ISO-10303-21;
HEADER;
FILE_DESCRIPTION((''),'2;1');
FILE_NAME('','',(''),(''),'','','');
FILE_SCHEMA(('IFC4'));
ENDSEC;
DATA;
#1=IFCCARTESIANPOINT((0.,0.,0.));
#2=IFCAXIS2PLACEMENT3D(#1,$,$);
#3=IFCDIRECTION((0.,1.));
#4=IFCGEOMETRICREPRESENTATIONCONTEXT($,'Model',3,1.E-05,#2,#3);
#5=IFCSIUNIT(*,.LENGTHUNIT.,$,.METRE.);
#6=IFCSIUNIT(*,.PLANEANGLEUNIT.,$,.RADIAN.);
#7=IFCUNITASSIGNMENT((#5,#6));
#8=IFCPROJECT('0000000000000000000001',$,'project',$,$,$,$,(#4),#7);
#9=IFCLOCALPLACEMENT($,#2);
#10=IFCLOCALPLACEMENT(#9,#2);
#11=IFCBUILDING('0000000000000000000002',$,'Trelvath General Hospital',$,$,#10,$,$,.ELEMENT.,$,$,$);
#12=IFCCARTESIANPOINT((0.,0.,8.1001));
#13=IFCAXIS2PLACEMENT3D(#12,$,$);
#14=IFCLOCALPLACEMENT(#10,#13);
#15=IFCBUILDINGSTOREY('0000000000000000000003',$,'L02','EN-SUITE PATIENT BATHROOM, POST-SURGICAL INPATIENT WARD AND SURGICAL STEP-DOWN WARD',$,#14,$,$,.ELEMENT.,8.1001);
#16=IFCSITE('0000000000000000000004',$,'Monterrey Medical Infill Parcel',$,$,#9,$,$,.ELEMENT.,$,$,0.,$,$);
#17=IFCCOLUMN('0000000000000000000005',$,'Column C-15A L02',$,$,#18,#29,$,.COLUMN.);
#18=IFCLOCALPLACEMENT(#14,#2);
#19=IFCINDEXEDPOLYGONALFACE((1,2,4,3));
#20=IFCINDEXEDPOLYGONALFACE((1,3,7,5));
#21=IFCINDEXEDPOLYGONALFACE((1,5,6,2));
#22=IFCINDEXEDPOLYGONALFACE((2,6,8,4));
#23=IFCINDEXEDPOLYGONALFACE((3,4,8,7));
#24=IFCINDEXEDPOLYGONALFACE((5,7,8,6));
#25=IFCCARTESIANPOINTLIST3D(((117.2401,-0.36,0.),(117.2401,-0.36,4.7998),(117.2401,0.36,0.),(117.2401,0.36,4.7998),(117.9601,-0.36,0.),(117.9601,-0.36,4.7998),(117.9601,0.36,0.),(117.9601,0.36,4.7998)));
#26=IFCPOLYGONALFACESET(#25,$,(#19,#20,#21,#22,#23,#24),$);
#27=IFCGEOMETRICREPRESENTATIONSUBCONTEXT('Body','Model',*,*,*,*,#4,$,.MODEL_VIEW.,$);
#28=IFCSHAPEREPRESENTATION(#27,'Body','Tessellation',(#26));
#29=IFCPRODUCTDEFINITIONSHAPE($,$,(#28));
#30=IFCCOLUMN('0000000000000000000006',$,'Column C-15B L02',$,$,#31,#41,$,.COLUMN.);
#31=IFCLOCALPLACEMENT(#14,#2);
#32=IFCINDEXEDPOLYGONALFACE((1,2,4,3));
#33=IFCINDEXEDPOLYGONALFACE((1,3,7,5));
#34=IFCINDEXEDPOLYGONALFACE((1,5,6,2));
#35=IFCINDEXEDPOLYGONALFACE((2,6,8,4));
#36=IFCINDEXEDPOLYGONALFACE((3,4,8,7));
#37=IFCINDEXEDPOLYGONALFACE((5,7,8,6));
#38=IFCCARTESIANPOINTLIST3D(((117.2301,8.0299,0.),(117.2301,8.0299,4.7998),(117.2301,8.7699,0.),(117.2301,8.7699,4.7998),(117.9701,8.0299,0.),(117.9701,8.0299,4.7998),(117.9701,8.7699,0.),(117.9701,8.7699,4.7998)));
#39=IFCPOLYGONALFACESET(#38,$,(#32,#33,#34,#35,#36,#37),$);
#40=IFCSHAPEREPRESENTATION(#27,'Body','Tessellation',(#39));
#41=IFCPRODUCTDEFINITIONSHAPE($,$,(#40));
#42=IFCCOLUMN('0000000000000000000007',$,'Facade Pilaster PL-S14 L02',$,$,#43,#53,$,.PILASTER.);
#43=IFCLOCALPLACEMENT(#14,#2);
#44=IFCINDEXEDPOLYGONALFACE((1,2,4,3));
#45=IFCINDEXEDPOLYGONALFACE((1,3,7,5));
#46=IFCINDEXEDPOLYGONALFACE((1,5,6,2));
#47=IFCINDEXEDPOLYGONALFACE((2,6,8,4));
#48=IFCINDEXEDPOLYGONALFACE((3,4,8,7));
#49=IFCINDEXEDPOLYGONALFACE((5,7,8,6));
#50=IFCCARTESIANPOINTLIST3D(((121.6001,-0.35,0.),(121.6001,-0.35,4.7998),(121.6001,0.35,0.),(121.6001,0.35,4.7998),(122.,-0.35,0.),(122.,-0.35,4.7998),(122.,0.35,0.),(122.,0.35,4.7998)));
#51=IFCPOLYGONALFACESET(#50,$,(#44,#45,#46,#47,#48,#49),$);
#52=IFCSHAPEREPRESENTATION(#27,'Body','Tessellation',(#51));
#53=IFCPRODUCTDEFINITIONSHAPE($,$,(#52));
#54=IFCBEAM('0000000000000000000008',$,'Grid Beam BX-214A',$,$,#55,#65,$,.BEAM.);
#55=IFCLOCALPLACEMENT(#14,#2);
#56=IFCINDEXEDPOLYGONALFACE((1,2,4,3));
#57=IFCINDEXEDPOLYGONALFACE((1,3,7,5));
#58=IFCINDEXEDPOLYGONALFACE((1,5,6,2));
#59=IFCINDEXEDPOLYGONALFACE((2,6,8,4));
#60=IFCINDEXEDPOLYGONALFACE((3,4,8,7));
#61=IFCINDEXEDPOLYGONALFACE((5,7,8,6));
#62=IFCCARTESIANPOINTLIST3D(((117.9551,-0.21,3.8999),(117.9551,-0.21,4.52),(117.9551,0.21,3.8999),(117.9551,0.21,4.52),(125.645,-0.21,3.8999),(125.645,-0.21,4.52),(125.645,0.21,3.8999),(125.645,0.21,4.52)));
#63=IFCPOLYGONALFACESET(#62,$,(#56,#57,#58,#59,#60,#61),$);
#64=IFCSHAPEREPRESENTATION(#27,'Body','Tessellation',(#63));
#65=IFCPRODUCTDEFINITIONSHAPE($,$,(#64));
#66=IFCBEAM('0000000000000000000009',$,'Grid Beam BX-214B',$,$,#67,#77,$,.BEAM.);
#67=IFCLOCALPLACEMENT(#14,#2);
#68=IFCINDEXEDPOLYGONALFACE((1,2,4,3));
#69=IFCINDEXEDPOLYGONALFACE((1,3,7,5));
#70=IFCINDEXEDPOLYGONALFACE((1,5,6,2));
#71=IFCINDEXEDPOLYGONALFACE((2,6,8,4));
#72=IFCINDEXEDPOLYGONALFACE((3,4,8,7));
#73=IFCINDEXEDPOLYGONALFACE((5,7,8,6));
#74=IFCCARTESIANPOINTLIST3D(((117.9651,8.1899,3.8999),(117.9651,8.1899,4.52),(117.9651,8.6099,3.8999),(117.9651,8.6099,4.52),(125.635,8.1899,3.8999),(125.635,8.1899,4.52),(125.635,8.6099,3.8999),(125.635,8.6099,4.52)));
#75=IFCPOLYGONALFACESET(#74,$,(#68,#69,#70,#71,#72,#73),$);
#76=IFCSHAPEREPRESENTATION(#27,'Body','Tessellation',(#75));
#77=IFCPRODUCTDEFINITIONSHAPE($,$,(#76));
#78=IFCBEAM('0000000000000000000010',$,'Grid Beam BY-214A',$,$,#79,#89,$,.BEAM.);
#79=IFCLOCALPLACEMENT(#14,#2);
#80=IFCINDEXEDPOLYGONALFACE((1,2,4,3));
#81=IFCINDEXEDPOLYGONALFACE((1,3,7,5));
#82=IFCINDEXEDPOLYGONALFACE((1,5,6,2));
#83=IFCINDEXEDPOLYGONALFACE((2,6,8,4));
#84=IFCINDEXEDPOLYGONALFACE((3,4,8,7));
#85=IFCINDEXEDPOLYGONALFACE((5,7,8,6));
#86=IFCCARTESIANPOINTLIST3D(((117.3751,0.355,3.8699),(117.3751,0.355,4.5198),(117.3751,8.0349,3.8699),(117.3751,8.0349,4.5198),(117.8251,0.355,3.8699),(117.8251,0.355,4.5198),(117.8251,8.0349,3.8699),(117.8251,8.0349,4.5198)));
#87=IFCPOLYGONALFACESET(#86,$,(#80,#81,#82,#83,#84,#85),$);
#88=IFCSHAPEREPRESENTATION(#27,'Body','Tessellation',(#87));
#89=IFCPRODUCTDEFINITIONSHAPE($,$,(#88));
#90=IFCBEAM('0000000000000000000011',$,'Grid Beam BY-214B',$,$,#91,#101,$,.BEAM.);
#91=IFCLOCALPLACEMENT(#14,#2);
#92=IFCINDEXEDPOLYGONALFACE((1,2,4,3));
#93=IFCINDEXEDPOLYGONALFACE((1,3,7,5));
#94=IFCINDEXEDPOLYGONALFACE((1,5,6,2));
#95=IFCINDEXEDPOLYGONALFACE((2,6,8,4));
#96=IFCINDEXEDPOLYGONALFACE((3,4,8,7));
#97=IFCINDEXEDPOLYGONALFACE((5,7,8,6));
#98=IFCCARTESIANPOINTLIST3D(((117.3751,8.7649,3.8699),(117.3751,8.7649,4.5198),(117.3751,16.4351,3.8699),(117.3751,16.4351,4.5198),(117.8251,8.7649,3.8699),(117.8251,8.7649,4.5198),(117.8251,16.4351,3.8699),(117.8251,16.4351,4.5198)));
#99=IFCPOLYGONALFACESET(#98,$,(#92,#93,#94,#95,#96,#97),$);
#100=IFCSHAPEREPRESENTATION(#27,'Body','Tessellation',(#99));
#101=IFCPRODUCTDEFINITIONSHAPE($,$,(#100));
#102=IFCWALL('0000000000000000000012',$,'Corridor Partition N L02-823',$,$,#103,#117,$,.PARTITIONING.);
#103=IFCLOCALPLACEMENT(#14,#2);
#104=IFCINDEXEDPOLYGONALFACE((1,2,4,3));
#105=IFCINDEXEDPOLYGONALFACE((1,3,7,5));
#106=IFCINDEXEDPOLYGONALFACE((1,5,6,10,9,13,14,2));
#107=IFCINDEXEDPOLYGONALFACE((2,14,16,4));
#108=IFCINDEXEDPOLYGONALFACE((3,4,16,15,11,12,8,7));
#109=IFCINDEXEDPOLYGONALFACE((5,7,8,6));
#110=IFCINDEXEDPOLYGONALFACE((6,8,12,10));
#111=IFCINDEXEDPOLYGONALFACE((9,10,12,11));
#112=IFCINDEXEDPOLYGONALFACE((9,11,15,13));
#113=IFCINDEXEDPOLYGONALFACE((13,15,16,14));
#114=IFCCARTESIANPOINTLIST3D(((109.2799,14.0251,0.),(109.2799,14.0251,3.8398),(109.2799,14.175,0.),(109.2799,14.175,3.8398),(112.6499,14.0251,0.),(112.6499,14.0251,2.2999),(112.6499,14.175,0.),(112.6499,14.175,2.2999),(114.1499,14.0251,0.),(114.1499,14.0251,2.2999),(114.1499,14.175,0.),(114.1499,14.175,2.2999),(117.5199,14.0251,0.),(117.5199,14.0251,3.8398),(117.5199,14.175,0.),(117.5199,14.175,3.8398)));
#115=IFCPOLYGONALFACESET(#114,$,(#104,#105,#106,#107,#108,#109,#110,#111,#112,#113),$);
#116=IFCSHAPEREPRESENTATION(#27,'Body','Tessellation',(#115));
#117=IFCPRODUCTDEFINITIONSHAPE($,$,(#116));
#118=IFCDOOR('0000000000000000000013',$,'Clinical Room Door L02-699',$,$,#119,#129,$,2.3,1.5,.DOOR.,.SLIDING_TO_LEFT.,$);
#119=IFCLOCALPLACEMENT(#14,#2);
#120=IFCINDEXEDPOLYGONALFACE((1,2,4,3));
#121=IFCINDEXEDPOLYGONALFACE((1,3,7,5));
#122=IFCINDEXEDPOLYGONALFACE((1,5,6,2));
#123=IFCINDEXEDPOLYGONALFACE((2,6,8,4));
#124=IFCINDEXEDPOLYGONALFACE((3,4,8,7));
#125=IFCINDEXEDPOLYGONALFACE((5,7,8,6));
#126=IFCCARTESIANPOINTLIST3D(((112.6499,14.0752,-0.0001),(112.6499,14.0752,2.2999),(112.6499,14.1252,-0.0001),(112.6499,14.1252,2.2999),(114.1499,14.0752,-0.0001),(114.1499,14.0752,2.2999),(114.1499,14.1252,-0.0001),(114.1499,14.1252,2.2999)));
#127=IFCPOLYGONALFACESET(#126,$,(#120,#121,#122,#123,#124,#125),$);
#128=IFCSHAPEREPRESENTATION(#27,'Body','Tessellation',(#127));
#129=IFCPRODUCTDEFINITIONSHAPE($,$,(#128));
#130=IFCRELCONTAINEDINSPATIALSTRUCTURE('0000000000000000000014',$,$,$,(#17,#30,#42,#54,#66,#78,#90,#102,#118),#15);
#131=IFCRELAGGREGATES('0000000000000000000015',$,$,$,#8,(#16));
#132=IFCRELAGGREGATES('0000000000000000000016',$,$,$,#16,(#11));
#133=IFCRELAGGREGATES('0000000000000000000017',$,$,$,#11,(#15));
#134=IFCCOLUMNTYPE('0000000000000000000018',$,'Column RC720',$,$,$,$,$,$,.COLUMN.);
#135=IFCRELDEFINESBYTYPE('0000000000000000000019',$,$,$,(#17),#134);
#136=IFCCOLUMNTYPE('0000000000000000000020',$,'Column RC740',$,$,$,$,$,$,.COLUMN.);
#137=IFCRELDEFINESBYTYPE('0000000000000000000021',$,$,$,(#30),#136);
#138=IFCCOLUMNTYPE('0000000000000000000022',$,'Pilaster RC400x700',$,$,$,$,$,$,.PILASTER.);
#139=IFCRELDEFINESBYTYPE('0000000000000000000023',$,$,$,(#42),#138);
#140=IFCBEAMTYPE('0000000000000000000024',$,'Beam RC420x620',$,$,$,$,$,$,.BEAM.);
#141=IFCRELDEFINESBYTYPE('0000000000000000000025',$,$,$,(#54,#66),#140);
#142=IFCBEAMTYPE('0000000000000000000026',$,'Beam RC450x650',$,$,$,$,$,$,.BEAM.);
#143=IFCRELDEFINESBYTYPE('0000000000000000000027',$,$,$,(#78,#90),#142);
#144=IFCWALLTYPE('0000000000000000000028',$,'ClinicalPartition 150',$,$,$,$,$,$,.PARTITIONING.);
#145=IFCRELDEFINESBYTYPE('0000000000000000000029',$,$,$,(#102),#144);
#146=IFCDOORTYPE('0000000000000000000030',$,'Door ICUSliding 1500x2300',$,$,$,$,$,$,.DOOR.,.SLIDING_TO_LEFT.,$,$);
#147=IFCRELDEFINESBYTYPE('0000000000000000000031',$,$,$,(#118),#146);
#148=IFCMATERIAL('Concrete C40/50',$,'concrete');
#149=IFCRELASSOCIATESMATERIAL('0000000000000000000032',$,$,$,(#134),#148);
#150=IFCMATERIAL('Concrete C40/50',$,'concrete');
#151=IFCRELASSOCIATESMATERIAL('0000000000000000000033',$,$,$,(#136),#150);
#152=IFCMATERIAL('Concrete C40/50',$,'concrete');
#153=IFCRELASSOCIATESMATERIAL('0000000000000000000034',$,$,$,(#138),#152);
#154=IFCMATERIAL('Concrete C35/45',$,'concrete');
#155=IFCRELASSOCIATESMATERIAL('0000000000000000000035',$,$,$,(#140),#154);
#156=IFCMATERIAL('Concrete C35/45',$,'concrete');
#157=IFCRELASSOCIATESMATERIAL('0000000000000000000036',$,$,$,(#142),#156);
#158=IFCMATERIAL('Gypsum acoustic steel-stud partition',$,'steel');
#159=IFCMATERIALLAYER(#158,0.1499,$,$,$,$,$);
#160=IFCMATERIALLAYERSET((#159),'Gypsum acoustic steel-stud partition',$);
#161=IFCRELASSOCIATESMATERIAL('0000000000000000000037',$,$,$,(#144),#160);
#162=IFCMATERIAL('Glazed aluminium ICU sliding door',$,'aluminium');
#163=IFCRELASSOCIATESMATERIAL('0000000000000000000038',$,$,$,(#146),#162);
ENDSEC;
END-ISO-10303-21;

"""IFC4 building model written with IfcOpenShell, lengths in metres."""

from ifc_helpers import new_model, si_unit, direction, frame, frame_2d, origin, origin_2d, place, context, subcontext, project, spatial, rectangle, extrude, material, layer, layer_set, material_profile, profile_set, type_object, element, fill, save


model = new_model("IFC4")

# Units and contexts
model_context = context("Model", 3, precision=1e-05, world=origin(), true_north=direction((0.0, 1.0)))
body_context = subcontext(model_context, "Body", "Model", "MODEL_VIEW")
ifc_project = project(units=[si_unit("LENGTHUNIT", "METRE"), si_unit("PLANEANGLEUNIT", "RADIAN")], contexts=[model_context])

# Site, building, storey
site_placement = place(None, origin())
site = spatial("IfcSite", under=ifc_project, at=site_placement, Name="Monterrey Medical Infill Parcel", CompositionType="ELEMENT", RefElevation=0.0)
building_placement = place(site_placement, origin())
building = spatial("IfcBuilding", under=site, at=building_placement, Name="Trelvath General Hospital", CompositionType="ELEMENT")
storey_placement = place(building_placement, frame((0.0, 0.0, 8.1001)))
storey = spatial("IfcBuildingStorey", under=building, at=storey_placement, Name="L02", Description="EN-SUITE PATIENT BATHROOM, POST-SURGICAL INPATIENT WARD AND SURGICAL STEP-DOWN WARD", CompositionType="ELEMENT", Elevation=8.1001)

# Columns
ifc_material_1 = material(Name="Concrete C40/50", Category="concrete")
ifc_material_profile_1 = material_profile(ifc_material_1, rectangle(XDim=0.72, YDim=0.72, at=origin_2d()), Name="RC720x720")
ifc_profile_set_1 = profile_set([ifc_material_profile_1], Name="Concrete C40/50")
column_type_1 = type_object("IfcColumnType", Name="Column RC720", PredefinedType="COLUMN", material=ifc_profile_set_1)
column_1_placement = place(storey_placement, frame((117.6001, 0.0, 0.0), z_axis=(0.0, 0.0, 1.0), x_axis=(1.0, 0.0, 0.0)))
element("IfcColumn", 1, at=column_1_placement, inside=storey, type_object=column_type_1, Name="Column C-15A L02", PredefinedType="COLUMN", context=body_context, shape_type="SweptSolid", body=[
    extrude(rectangle(XDim=0.72, YDim=0.72, at=origin_2d()), origin(), (0.0, 0.0, 1.0), 4.7998),
])
ifc_material_2 = material(Name="Concrete C40/50", Category="concrete")
ifc_material_profile_2 = material_profile(ifc_material_2, rectangle(XDim=0.74, YDim=0.74, at=origin_2d()), Name="RC740x740")
ifc_profile_set_2 = profile_set([ifc_material_profile_2], Name="Concrete C40/50")
column_type_2 = type_object("IfcColumnType", Name="Column RC740", PredefinedType="COLUMN", material=ifc_profile_set_2)
column_2_placement = place(storey_placement, frame((117.6001, 8.3999, 0.0), z_axis=(0.0, 0.0, 1.0), x_axis=(1.0, 0.0, 0.0)))
element("IfcColumn", 2, at=column_2_placement, inside=storey, type_object=column_type_2, Name="Column C-15B L02", PredefinedType="COLUMN", context=body_context, shape_type="SweptSolid", body=[
    extrude(rectangle(XDim=0.74, YDim=0.74, at=origin_2d()), origin(), (0.0, 0.0, 1.0), 4.7998),
])
ifc_material_3 = material(Name="Concrete C40/50", Category="concrete")
ifc_material_profile_3 = material_profile(ifc_material_3, rectangle(XDim=0.3999, YDim=0.7, at=origin_2d()), Name="RC400x700")
ifc_profile_set_3 = profile_set([ifc_material_profile_3], Name="Concrete C40/50")
column_type_3 = type_object("IfcColumnType", Name="Pilaster RC400x700", PredefinedType="PILASTER", material=ifc_profile_set_3)
column_3_placement = place(storey_placement, frame((121.8, 0.0, 0.0), z_axis=(0.0, 0.0, 1.0), x_axis=(1.0, 0.0, 0.0)))
element("IfcColumn", 3, at=column_3_placement, inside=storey, type_object=column_type_3, Name="Facade Pilaster PL-S14 L02", PredefinedType="PILASTER", context=body_context, shape_type="SweptSolid", body=[
    extrude(rectangle(XDim=0.3999, YDim=0.7, at=origin_2d()), origin(), (0.0, 0.0, 1.0), 4.7998),
])

# Beams
ifc_material_4 = material(Name="Concrete C35/45", Category="concrete")
ifc_material_profile_4 = material_profile(ifc_material_4, rectangle(XDim=0.4199, YDim=0.6201, at=origin_2d()), Name="RCB420x620")
ifc_profile_set_4 = profile_set([ifc_material_profile_4], Name="Concrete C35/45")
beam_type_1 = type_object("IfcBeamType", Name="Beam RC420x620", PredefinedType="BEAM", material=ifc_profile_set_4)
beam_1_placement = place(storey_placement, frame((117.9551, 0.0, 4.21), z_axis=(1.0, 0.0, 0.0), x_axis=(0.0, 1.0, 0.0)))
element("IfcBeam", 4, at=beam_1_placement, inside=storey, type_object=beam_type_1, Name="Grid Beam BX-214A", PredefinedType="BEAM", context=body_context, shape_type="SweptSolid", body=[
    extrude(rectangle(XDim=0.4199, YDim=0.6201, at=origin_2d()), origin(), (0.0, 0.0, 1.0), 7.6899),
])
beam_2_placement = place(storey_placement, frame((117.9651, 8.3999, 4.21), z_axis=(1.0, 0.0, 0.0), x_axis=(0.0, 1.0, 0.0)))
element("IfcBeam", 5, at=beam_2_placement, inside=storey, type_object=beam_type_1, Name="Grid Beam BX-214B", PredefinedType="BEAM", context=body_context, shape_type="SweptSolid", body=[
    extrude(rectangle(XDim=0.4199, YDim=0.6201, at=origin_2d()), origin(), (0.0, 0.0, 1.0), 7.6699),
])
ifc_material_5 = material(Name="Concrete C35/45", Category="concrete")
ifc_material_profile_5 = material_profile(ifc_material_5, rectangle(XDim=0.45, YDim=0.6499, at=origin_2d()), Name="RCB450x650")
ifc_profile_set_5 = profile_set([ifc_material_profile_5], Name="Concrete C35/45")
beam_type_2 = type_object("IfcBeamType", Name="Beam RC450x650", PredefinedType="BEAM", material=ifc_profile_set_5)
beam_3_placement = place(storey_placement, frame((117.6001, 0.355, 4.1948), z_axis=(0.0, 1.0, 0.0), x_axis=(-1.0, 0.0, 0.0)))
element("IfcBeam", 6, at=beam_3_placement, inside=storey, type_object=beam_type_2, Name="Grid Beam BY-214A", PredefinedType="BEAM", context=body_context, shape_type="SweptSolid", body=[
    extrude(rectangle(XDim=0.45, YDim=0.6499, at=origin_2d()), origin(), (0.0, 0.0, 1.0), 7.6799),
])
beam_4_placement = place(storey_placement, frame((117.6001, 8.7649, 4.1948), z_axis=(0.0, 1.0, 0.0), x_axis=(-1.0, 0.0, 0.0)))
element("IfcBeam", 7, at=beam_4_placement, inside=storey, type_object=beam_type_2, Name="Grid Beam BY-214B", PredefinedType="BEAM", context=body_context, shape_type="SweptSolid", body=[
    extrude(rectangle(XDim=0.45, YDim=0.6499, at=origin_2d()), origin(), (0.0, 0.0, 1.0), 7.6702),
])

# Wall, opening, door
ifc_material_6 = material(Name="Gypsum acoustic steel-stud partition", Category="steel")
ifc_layer_1 = layer(ifc_material_6, 0.1499)
ifc_layer_set_1 = layer_set([ifc_layer_1], Name="Gypsum acoustic steel-stud partition")
wall_type_1 = type_object("IfcWallType", Name="ClinicalPartition 150", PredefinedType="PARTITIONING", material=ifc_layer_set_1)
wall_1_placement = place(storey_placement, frame((117.52, 14.1001, 0.0), z_axis=(0.0, 0.0, 1.0), x_axis=(-1.0, 0.0, 0.0)))
wall_1 = element("IfcWall", 8, at=wall_1_placement, inside=storey, type_object=wall_type_1, Name="Corridor Partition N L02-823", PredefinedType="PARTITIONING", context=body_context, shape_type="SweptSolid", body=[
    extrude(rectangle(XDim=8.24, YDim=0.1499, at=frame_2d((4.1201, 0.0))), origin(), (0.0, 0.0, 1.0), 3.8398),
])
opening_1_placement = place(wall_1_placement, frame((3.3701, 0.0, 0.0)))
opening_1 = element("IfcOpeningElement", 9, at=opening_1_placement, cuts=wall_1, PredefinedType="OPENING", context=body_context, shape_type="SweptSolid", body=[
    extrude(rectangle(XDim=1.5, YDim=2.3, at=frame_2d((0.75, 1.1499))), frame((0.0, 0.085, 0.0), z_axis=(0.0, -1.0, 0.0), x_axis=(1.0, 0.0, 0.0)), (0.0, 0.0, 1.0), 0.1699),
])
ifc_material_7 = material(Name="Glazed aluminium ICU sliding door", Category="aluminium")
door_type_1 = type_object("IfcDoorType", Name="Door ICUSliding 1500x2300", OperationType="SLIDING_TO_LEFT", PredefinedType="DOOR", material=ifc_material_7)
door_1_placement = place(opening_1_placement, origin())
door_1 = element("IfcDoor", 10, at=door_1_placement, inside=storey, type_object=door_type_1, Name="Clinical Room Door L02-699", OperationType="SLIDING_TO_LEFT", OverallHeight=2.3, OverallWidth=1.5, PredefinedType="DOOR", context=body_context, shape_type="SweptSolid", body=[
    extrude(rectangle(XDim=1.5, YDim=2.3, at=frame_2d((0.75, 1.1499))), frame((0.0, 0.0249, 0.0), z_axis=(0.0, -1.0, 0.0), x_axis=(1.0, 0.0, 0.0)), (0.0, 0.0, 1.0), 0.05),
])
fill(opening_1, door_1)

save(model, "model.ifc")
